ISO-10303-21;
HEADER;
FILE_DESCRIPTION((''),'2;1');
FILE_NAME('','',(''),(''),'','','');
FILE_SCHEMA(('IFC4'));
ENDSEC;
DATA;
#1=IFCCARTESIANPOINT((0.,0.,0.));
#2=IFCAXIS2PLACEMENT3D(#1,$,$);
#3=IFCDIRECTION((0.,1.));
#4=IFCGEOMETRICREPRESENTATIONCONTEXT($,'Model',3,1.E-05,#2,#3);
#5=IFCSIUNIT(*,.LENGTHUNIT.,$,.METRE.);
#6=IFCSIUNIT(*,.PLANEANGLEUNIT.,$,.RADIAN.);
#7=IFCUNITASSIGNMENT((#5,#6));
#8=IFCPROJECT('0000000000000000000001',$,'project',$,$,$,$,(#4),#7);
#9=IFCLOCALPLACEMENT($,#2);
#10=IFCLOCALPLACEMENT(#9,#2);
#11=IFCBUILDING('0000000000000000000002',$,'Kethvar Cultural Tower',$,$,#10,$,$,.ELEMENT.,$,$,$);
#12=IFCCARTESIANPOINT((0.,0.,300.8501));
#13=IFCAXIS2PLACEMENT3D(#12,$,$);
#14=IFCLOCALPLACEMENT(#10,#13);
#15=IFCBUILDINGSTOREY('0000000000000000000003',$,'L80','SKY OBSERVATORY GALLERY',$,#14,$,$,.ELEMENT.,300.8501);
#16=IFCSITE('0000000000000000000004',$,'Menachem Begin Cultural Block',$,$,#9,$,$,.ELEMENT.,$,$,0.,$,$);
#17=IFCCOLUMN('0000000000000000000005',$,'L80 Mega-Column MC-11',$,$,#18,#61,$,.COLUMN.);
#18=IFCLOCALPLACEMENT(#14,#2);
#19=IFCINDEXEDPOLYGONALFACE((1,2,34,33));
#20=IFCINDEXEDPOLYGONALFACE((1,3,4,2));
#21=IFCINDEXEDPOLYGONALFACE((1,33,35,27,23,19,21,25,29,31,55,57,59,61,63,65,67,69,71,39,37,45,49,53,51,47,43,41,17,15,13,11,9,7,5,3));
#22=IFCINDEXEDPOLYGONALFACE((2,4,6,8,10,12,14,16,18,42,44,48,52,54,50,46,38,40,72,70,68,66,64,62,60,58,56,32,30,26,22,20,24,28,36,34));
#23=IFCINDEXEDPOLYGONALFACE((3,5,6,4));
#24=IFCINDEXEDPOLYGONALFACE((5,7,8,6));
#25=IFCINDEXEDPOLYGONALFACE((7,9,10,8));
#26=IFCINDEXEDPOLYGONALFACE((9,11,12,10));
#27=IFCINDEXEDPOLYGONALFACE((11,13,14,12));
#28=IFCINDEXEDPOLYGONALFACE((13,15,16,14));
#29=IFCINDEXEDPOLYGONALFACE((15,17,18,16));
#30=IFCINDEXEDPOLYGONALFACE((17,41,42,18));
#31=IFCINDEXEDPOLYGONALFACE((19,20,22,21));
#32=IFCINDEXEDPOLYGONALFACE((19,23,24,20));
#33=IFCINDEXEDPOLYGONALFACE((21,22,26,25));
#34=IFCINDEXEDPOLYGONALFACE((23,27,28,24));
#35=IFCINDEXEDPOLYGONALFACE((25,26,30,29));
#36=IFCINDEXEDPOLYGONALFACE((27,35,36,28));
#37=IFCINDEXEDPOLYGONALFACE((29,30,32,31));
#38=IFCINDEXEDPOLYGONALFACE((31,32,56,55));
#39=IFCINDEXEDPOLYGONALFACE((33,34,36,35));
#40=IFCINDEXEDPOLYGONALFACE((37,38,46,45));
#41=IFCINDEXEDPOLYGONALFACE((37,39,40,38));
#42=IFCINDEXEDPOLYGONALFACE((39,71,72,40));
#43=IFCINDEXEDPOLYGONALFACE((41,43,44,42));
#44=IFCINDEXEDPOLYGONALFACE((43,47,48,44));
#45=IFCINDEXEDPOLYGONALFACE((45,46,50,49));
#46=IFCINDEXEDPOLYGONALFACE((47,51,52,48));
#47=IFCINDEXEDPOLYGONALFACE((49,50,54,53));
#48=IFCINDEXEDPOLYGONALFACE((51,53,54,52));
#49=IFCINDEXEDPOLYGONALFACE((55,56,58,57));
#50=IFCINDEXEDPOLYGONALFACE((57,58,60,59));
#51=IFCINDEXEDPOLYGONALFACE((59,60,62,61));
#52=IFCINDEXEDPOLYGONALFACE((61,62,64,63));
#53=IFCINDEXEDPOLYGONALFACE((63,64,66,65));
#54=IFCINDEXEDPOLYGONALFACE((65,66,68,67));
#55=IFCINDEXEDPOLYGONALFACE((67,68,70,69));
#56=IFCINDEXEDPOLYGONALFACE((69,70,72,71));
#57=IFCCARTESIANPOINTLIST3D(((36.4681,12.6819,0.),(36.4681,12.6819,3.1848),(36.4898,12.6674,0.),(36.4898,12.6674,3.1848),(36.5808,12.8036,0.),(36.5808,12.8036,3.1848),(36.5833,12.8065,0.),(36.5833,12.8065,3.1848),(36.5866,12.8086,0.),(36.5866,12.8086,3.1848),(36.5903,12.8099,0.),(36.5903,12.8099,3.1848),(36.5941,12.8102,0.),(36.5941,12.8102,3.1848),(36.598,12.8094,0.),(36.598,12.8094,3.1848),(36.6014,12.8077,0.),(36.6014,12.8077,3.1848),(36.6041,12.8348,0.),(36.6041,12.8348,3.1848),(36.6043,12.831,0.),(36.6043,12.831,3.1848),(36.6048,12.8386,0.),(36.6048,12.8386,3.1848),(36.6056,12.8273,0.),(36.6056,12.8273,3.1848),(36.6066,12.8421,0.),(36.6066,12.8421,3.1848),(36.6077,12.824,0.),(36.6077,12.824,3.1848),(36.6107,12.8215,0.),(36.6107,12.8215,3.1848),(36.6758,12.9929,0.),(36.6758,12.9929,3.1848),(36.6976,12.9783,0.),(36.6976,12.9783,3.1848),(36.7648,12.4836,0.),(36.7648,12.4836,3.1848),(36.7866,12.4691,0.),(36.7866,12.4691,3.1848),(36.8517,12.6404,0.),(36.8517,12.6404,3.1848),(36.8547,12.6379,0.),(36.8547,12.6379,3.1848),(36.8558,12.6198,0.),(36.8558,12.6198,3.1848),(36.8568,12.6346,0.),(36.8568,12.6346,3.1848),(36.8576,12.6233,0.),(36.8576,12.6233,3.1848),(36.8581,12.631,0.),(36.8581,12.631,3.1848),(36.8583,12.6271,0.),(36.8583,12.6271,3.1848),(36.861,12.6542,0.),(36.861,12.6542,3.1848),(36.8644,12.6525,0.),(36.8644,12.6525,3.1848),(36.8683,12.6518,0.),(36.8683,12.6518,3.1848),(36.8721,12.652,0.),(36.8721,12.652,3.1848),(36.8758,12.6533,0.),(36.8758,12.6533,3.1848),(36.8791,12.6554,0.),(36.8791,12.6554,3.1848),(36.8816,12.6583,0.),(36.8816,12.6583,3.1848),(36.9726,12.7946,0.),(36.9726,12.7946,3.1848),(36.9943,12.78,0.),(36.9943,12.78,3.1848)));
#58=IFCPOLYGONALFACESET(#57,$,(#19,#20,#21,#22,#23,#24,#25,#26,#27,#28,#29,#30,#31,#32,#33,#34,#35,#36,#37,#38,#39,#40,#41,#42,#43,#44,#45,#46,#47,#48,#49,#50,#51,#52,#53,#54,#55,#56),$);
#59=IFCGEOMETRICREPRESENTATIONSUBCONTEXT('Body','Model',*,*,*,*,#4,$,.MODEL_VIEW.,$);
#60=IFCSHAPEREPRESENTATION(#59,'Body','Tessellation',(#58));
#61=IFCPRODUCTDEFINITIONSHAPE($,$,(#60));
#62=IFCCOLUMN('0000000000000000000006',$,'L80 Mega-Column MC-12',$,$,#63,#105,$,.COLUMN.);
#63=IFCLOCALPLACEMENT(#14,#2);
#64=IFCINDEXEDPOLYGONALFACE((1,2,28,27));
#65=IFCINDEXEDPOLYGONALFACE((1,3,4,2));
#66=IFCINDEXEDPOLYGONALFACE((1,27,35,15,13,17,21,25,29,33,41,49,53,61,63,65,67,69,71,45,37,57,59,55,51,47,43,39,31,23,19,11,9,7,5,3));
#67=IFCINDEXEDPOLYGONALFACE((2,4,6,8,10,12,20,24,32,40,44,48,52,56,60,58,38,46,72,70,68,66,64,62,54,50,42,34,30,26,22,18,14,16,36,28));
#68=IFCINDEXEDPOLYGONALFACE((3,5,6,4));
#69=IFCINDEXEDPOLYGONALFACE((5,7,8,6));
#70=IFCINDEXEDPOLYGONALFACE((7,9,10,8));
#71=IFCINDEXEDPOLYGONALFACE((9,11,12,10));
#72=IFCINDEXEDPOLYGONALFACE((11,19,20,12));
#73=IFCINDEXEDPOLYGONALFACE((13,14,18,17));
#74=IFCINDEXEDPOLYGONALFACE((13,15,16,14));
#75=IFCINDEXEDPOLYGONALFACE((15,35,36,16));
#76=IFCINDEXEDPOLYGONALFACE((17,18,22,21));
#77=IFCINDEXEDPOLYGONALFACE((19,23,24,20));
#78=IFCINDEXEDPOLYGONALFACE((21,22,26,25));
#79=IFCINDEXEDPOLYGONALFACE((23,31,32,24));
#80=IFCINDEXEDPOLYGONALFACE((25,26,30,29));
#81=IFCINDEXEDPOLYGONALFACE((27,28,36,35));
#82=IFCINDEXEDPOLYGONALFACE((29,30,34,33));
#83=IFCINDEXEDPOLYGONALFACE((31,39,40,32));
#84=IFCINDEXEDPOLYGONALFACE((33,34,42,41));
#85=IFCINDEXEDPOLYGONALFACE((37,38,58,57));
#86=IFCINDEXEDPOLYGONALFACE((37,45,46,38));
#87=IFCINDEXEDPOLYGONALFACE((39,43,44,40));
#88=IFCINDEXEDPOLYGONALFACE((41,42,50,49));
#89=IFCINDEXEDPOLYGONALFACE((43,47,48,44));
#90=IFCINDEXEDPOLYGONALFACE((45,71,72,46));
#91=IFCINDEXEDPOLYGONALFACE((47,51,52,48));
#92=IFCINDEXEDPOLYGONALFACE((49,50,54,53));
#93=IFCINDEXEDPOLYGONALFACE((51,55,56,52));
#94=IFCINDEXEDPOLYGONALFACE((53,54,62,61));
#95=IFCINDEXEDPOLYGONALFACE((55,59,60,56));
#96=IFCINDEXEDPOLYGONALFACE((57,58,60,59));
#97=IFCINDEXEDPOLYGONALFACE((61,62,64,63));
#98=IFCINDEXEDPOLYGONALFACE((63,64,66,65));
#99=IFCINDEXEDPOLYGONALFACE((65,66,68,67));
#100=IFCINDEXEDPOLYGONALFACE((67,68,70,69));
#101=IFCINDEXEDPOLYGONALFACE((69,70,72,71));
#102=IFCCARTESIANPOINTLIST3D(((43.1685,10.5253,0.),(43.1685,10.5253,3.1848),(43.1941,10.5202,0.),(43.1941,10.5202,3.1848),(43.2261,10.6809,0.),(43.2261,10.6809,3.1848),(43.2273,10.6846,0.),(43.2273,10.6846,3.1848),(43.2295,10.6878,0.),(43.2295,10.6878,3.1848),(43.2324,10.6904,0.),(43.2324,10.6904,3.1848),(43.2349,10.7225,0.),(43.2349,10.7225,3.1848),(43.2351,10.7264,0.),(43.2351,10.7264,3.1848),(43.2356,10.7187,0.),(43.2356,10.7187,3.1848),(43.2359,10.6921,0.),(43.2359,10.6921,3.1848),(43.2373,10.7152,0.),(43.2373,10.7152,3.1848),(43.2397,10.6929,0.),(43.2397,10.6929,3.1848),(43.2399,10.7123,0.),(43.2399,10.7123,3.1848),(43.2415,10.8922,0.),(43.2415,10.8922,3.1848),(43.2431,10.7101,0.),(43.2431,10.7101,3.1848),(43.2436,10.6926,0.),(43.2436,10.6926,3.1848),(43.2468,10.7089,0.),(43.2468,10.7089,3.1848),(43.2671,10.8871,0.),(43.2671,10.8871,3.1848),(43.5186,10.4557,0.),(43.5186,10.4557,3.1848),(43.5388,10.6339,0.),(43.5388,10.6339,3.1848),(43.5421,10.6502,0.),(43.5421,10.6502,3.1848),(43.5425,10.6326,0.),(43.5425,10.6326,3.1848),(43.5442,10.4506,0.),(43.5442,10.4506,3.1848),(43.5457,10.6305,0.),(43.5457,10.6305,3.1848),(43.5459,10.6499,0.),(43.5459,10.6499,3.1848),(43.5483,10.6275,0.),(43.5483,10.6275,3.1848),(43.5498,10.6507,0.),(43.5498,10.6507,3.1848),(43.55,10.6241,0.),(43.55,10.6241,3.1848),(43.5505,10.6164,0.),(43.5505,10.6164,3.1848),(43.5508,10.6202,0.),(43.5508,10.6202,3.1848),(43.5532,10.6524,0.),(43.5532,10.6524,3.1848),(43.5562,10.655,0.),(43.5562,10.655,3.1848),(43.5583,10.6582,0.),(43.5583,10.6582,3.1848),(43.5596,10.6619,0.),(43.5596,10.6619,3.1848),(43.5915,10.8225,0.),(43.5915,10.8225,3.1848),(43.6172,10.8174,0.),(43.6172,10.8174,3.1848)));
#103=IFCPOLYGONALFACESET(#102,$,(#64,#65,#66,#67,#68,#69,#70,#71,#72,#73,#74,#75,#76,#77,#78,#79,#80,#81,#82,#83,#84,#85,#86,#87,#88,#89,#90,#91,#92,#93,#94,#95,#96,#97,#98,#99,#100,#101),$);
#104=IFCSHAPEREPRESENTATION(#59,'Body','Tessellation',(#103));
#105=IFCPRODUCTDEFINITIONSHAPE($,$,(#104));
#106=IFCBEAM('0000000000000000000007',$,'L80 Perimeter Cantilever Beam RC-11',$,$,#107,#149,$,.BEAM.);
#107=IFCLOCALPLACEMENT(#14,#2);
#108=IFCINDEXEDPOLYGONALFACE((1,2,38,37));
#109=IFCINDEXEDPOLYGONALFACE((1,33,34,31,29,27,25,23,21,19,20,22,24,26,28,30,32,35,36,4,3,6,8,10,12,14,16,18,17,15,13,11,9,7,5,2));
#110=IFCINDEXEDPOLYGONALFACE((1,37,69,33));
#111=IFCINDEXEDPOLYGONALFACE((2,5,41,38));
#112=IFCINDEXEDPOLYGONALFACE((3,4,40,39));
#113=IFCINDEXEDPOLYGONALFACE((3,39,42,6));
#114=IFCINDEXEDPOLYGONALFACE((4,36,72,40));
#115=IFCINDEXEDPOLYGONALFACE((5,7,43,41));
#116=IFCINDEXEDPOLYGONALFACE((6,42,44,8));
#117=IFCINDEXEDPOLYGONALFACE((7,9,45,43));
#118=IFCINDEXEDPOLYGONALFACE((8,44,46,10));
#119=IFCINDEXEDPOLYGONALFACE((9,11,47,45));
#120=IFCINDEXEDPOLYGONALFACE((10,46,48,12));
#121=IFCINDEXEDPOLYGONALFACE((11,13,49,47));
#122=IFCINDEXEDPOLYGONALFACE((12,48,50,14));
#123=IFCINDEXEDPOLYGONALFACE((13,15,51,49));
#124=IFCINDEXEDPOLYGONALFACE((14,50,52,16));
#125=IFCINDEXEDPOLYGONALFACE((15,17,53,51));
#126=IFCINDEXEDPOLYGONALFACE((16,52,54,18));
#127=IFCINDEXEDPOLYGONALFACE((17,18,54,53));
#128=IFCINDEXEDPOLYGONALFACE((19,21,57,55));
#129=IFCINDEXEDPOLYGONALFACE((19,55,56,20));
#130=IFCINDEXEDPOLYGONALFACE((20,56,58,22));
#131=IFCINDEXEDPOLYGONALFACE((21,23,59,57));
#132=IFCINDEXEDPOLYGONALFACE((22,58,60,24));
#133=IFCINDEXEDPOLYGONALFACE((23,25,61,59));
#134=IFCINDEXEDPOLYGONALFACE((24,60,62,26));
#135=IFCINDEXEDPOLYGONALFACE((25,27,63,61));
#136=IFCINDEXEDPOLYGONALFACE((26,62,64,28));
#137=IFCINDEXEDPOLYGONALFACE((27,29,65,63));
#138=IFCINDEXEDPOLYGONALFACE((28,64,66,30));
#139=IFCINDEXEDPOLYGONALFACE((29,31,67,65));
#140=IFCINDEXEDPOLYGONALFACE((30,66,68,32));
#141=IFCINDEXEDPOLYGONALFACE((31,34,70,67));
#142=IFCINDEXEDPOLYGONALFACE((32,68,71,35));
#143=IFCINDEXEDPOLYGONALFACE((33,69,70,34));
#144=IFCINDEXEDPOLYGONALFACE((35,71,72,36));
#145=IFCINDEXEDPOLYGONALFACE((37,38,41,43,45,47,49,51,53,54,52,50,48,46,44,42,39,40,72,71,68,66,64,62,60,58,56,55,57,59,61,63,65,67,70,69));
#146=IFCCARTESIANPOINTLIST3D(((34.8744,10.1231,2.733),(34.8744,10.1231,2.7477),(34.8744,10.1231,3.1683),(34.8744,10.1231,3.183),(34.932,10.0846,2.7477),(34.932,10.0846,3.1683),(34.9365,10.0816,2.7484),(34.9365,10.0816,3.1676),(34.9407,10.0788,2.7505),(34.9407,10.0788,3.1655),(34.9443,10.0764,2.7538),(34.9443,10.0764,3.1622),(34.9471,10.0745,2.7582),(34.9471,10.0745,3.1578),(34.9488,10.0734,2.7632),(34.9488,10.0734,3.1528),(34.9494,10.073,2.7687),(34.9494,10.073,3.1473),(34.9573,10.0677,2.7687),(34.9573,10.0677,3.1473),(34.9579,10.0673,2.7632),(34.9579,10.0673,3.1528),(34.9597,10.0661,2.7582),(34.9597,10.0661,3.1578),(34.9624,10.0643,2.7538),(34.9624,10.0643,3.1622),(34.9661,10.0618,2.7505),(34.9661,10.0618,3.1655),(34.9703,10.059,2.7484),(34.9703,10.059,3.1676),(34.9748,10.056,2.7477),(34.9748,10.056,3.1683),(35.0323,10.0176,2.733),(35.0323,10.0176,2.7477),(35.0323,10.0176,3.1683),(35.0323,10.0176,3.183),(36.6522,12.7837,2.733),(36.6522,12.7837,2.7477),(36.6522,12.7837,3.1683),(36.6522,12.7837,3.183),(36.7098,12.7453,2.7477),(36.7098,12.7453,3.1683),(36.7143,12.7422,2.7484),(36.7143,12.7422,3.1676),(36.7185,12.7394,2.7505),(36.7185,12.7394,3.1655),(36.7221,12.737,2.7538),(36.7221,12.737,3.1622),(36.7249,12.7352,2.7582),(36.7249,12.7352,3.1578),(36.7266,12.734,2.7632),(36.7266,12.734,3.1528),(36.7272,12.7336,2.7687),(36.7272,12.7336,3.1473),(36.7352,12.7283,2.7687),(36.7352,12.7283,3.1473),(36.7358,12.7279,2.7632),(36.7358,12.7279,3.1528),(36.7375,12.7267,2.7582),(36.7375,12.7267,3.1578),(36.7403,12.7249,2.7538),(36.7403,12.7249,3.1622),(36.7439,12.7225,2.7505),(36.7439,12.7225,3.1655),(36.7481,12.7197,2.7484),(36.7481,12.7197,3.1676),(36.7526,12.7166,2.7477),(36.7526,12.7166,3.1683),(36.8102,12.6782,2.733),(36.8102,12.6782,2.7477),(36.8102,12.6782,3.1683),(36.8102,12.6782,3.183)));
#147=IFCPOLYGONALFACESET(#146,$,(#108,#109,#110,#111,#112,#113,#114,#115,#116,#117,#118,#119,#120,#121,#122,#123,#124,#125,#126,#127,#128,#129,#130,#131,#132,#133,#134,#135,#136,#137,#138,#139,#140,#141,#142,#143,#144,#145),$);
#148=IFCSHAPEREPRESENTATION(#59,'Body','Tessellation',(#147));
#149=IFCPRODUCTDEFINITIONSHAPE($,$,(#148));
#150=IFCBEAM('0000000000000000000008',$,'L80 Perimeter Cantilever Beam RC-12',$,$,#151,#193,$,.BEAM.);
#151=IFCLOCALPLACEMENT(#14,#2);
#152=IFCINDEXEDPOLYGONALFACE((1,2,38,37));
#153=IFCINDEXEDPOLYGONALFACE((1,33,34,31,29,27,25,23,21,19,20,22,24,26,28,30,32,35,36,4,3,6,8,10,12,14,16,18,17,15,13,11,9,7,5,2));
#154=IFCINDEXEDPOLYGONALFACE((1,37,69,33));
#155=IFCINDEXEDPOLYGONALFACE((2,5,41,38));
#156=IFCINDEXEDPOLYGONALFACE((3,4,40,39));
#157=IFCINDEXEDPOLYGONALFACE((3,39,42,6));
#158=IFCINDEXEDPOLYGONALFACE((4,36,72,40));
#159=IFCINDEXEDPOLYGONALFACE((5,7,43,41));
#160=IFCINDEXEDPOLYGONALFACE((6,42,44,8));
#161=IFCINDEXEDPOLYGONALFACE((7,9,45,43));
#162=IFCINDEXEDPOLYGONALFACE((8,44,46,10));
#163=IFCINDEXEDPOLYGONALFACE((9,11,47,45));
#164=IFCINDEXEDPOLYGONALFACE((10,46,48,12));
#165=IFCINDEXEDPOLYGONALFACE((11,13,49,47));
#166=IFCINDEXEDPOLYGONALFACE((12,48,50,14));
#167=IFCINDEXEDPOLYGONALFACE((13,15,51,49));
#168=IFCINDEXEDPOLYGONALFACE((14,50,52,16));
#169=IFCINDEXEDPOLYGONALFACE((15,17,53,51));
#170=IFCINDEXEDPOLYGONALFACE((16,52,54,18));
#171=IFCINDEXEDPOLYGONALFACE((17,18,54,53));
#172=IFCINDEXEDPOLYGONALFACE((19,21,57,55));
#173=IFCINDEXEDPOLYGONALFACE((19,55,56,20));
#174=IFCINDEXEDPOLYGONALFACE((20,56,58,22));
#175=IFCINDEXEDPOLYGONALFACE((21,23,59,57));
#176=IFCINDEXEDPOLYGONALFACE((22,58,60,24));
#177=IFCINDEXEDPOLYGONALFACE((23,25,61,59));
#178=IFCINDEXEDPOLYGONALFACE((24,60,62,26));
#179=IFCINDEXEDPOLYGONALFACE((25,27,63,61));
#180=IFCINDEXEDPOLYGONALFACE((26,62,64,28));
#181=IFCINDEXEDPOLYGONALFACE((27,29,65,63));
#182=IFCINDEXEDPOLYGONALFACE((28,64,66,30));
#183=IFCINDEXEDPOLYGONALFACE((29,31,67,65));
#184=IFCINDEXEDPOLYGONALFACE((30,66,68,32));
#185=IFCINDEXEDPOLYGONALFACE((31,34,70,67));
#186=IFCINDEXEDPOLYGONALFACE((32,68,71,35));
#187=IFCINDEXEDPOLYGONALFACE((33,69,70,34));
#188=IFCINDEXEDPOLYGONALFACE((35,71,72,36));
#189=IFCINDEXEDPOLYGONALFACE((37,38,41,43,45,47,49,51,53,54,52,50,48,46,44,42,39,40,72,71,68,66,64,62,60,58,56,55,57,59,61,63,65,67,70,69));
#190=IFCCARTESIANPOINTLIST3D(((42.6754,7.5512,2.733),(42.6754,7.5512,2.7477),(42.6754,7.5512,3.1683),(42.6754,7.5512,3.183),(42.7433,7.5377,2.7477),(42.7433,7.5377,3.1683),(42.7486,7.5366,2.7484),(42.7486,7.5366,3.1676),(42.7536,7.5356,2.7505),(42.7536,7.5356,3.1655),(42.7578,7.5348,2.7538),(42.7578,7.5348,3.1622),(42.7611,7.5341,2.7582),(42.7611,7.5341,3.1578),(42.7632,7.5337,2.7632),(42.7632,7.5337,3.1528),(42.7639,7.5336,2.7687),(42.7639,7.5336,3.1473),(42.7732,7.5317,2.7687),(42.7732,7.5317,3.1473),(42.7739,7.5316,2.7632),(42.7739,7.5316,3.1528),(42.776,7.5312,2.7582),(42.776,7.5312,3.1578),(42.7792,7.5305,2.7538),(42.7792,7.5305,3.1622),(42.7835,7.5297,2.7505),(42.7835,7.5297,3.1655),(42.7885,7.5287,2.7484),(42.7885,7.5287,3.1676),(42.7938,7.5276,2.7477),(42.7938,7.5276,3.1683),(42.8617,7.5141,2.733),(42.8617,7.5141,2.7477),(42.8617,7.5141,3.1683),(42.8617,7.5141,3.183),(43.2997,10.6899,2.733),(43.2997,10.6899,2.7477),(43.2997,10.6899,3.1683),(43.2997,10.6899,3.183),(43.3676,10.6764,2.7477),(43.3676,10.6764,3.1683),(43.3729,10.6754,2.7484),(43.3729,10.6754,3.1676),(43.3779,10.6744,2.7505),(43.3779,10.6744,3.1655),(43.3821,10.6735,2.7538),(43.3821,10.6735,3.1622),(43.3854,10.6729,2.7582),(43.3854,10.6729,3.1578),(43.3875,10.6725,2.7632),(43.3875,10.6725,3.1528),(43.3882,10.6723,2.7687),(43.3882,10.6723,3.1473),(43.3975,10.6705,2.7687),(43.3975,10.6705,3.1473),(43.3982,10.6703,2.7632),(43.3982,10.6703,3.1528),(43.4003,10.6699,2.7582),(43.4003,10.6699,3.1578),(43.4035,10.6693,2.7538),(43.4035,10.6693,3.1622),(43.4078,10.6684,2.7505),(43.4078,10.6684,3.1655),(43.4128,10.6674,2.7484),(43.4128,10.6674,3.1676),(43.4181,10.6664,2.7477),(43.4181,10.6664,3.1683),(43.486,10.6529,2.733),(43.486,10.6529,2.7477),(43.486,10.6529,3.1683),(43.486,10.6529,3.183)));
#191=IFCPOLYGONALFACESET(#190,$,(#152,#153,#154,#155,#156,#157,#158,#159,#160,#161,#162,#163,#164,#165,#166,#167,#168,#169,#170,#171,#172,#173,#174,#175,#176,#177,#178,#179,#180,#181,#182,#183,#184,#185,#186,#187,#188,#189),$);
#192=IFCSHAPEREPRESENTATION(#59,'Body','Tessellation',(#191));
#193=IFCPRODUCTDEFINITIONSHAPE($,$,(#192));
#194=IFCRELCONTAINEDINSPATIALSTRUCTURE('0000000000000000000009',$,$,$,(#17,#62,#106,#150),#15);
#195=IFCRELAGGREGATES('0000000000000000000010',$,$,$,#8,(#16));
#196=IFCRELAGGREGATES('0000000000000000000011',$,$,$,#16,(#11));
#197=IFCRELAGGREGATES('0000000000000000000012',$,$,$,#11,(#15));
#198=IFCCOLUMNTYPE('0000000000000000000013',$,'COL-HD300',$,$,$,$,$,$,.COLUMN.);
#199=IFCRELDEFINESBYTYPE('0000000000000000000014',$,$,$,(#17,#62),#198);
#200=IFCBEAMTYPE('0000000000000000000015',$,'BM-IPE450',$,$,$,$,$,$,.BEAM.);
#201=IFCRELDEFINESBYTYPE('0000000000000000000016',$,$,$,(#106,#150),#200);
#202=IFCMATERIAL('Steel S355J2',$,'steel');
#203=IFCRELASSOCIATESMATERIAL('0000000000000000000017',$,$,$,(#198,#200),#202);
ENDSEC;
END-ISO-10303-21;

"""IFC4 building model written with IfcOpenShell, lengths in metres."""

from ifc_helpers import new_model, si_unit, direction, frame, origin, origin_2d, place, context, subcontext, project, spatial, i_section, extrude, source, transform, mapped, material, material_profile, profile_set, type_object, element, save


model = new_model("IFC4")

# Units and contexts
model_context = context("Model", 3, precision=1e-05, world=origin(), true_north=direction((0.0, 1.0)))
body_context = subcontext(model_context, "Body", "Model", "MODEL_VIEW")
ifc_project = project(units=[si_unit("LENGTHUNIT", "METRE"), si_unit("PLANEANGLEUNIT", "RADIAN")], contexts=[model_context])

# Site, building, storey
site_placement = place(None, origin())
site = spatial("IfcSite", under=ifc_project, at=site_placement, Name="Menachem Begin Cultural Block", CompositionType="ELEMENT", RefElevation=0.0)
building_placement = place(site_placement, origin())
building = spatial("IfcBuilding", under=site, at=building_placement, Name="Kethvar Cultural Tower", CompositionType="ELEMENT")
storey_placement = place(building_placement, frame((0.0, 0.0, 300.8501)))
storey = spatial("IfcBuildingStorey", under=building, at=storey_placement, Name="L80", Description="SKY OBSERVATORY GALLERY", CompositionType="ELEMENT", Elevation=300.8501)

# Columns
ifc_material_1 = material(Name="Steel S355J2", Category="steel")
ifc_material_profile_1 = material_profile(ifc_material_1, i_section(OverallWidth=0.374, OverallDepth=0.3831, WebThickness=0.0166, FlangeThickness=0.0261, FilletRadius=0.0149, at=origin_2d()), Name="Steel S355J2 — HD360x300")
ifc_profile_set_1 = profile_set([ifc_material_profile_1], Name="Steel S355J2 — HD360x300")
column_type = type_object("IfcColumnType", Name="COL-HD300", PredefinedType="COLUMN", material=ifc_profile_set_1)
shared_shape_1 = source(origin(), body_context, "Body", "SweptSolid", [
    extrude(i_section(OverallWidth=0.374, OverallDepth=0.3831, WebThickness=0.0166, FlangeThickness=0.0261, FilletRadius=0.0149, at=origin_2d()), origin(), (0.0, 0.0, 1.0), 3.1848),
])
for number, where, z_axis, x_axis, name in (
    (1, (36.7312, 12.731, 0.0), (0.0, 0.0, 1.0), (-0.55557, -0.83147, 0.0), "L80 Mega-Column MC-11"),
    (2, (43.3928, 10.6714, 0.0), (0.0, 0.0, 1.0), (-0.19509, -0.980785, 0.0), "L80 Mega-Column MC-12"),
):
    element("IfcColumn", number, at=place(storey_placement, frame(where, z_axis=z_axis, x_axis=x_axis)), inside=storey, type_object=column_type, Name=name, PredefinedType="COLUMN", context=body_context, shape_type="MappedRepresentation", body=[
        mapped(shared_shape_1, transform((0.0, 0.0, 0.0), scale=1.0)),
    ])

# Beams
ifc_material_profile_2 = material_profile(ifc_material_1, i_section(OverallWidth=0.1899, OverallDepth=0.45, WebThickness=0.0095, FlangeThickness=0.0146, FilletRadius=0.021, at=origin_2d()), Name="Steel S355J2 — IPE450")
ifc_profile_set_2 = profile_set([ifc_material_profile_2], Name="Steel S355J2 — IPE450")
beam_type_1 = type_object("IfcBeamType", Name="BM-IPE450", PredefinedType="BEAM", material=ifc_profile_set_2)
shared_shape_2 = source(origin(), body_context, "Body", "SweptSolid", [
    extrude(i_section(OverallWidth=0.1899, OverallDepth=0.45, WebThickness=0.0095, FlangeThickness=0.0146, FilletRadius=0.021, at=origin_2d()), origin(), (0.0, 0.0, 1.0), 3.2),
])
beam_1_placement = place(storey_placement, frame((36.7312, 12.731, 2.958), z_axis=(-0.55558, -0.831463, 0.0), x_axis=(0.831463, -0.55558, 0.0)))
element("IfcBeam", 3, at=beam_1_placement, inside=storey, type_object=beam_type_1, Name="L80 Perimeter Cantilever Beam RC-11", PredefinedType="BEAM", context=body_context, shape_type="MappedRepresentation", body=[
    mapped(shared_shape_2, transform((0.0, 0.0, 0.0), scale=1.0)),
])
shared_shape_3 = source(origin(), body_context, "Body", "SweptSolid", [
    extrude(i_section(OverallWidth=0.1899, OverallDepth=0.45, WebThickness=0.0095, FlangeThickness=0.0146, FilletRadius=0.021, at=origin_2d()), origin(), (0.0, 0.0, 1.0), 3.2002),
])
beam_2_placement = place(storey_placement, frame((43.3928, 10.6714, 2.958), z_axis=(-0.195074, -0.980788, 0.0), x_axis=(0.980788, -0.195074, 0.0)))
element("IfcBeam", 4, at=beam_2_placement, inside=storey, type_object=beam_type_1, Name="L80 Perimeter Cantilever Beam RC-12", PredefinedType="BEAM", context=body_context, shape_type="MappedRepresentation", body=[
    mapped(shared_shape_3, transform((0.0, 0.0, 0.0), scale=1.0)),
])

save(model, "model.ifc")
